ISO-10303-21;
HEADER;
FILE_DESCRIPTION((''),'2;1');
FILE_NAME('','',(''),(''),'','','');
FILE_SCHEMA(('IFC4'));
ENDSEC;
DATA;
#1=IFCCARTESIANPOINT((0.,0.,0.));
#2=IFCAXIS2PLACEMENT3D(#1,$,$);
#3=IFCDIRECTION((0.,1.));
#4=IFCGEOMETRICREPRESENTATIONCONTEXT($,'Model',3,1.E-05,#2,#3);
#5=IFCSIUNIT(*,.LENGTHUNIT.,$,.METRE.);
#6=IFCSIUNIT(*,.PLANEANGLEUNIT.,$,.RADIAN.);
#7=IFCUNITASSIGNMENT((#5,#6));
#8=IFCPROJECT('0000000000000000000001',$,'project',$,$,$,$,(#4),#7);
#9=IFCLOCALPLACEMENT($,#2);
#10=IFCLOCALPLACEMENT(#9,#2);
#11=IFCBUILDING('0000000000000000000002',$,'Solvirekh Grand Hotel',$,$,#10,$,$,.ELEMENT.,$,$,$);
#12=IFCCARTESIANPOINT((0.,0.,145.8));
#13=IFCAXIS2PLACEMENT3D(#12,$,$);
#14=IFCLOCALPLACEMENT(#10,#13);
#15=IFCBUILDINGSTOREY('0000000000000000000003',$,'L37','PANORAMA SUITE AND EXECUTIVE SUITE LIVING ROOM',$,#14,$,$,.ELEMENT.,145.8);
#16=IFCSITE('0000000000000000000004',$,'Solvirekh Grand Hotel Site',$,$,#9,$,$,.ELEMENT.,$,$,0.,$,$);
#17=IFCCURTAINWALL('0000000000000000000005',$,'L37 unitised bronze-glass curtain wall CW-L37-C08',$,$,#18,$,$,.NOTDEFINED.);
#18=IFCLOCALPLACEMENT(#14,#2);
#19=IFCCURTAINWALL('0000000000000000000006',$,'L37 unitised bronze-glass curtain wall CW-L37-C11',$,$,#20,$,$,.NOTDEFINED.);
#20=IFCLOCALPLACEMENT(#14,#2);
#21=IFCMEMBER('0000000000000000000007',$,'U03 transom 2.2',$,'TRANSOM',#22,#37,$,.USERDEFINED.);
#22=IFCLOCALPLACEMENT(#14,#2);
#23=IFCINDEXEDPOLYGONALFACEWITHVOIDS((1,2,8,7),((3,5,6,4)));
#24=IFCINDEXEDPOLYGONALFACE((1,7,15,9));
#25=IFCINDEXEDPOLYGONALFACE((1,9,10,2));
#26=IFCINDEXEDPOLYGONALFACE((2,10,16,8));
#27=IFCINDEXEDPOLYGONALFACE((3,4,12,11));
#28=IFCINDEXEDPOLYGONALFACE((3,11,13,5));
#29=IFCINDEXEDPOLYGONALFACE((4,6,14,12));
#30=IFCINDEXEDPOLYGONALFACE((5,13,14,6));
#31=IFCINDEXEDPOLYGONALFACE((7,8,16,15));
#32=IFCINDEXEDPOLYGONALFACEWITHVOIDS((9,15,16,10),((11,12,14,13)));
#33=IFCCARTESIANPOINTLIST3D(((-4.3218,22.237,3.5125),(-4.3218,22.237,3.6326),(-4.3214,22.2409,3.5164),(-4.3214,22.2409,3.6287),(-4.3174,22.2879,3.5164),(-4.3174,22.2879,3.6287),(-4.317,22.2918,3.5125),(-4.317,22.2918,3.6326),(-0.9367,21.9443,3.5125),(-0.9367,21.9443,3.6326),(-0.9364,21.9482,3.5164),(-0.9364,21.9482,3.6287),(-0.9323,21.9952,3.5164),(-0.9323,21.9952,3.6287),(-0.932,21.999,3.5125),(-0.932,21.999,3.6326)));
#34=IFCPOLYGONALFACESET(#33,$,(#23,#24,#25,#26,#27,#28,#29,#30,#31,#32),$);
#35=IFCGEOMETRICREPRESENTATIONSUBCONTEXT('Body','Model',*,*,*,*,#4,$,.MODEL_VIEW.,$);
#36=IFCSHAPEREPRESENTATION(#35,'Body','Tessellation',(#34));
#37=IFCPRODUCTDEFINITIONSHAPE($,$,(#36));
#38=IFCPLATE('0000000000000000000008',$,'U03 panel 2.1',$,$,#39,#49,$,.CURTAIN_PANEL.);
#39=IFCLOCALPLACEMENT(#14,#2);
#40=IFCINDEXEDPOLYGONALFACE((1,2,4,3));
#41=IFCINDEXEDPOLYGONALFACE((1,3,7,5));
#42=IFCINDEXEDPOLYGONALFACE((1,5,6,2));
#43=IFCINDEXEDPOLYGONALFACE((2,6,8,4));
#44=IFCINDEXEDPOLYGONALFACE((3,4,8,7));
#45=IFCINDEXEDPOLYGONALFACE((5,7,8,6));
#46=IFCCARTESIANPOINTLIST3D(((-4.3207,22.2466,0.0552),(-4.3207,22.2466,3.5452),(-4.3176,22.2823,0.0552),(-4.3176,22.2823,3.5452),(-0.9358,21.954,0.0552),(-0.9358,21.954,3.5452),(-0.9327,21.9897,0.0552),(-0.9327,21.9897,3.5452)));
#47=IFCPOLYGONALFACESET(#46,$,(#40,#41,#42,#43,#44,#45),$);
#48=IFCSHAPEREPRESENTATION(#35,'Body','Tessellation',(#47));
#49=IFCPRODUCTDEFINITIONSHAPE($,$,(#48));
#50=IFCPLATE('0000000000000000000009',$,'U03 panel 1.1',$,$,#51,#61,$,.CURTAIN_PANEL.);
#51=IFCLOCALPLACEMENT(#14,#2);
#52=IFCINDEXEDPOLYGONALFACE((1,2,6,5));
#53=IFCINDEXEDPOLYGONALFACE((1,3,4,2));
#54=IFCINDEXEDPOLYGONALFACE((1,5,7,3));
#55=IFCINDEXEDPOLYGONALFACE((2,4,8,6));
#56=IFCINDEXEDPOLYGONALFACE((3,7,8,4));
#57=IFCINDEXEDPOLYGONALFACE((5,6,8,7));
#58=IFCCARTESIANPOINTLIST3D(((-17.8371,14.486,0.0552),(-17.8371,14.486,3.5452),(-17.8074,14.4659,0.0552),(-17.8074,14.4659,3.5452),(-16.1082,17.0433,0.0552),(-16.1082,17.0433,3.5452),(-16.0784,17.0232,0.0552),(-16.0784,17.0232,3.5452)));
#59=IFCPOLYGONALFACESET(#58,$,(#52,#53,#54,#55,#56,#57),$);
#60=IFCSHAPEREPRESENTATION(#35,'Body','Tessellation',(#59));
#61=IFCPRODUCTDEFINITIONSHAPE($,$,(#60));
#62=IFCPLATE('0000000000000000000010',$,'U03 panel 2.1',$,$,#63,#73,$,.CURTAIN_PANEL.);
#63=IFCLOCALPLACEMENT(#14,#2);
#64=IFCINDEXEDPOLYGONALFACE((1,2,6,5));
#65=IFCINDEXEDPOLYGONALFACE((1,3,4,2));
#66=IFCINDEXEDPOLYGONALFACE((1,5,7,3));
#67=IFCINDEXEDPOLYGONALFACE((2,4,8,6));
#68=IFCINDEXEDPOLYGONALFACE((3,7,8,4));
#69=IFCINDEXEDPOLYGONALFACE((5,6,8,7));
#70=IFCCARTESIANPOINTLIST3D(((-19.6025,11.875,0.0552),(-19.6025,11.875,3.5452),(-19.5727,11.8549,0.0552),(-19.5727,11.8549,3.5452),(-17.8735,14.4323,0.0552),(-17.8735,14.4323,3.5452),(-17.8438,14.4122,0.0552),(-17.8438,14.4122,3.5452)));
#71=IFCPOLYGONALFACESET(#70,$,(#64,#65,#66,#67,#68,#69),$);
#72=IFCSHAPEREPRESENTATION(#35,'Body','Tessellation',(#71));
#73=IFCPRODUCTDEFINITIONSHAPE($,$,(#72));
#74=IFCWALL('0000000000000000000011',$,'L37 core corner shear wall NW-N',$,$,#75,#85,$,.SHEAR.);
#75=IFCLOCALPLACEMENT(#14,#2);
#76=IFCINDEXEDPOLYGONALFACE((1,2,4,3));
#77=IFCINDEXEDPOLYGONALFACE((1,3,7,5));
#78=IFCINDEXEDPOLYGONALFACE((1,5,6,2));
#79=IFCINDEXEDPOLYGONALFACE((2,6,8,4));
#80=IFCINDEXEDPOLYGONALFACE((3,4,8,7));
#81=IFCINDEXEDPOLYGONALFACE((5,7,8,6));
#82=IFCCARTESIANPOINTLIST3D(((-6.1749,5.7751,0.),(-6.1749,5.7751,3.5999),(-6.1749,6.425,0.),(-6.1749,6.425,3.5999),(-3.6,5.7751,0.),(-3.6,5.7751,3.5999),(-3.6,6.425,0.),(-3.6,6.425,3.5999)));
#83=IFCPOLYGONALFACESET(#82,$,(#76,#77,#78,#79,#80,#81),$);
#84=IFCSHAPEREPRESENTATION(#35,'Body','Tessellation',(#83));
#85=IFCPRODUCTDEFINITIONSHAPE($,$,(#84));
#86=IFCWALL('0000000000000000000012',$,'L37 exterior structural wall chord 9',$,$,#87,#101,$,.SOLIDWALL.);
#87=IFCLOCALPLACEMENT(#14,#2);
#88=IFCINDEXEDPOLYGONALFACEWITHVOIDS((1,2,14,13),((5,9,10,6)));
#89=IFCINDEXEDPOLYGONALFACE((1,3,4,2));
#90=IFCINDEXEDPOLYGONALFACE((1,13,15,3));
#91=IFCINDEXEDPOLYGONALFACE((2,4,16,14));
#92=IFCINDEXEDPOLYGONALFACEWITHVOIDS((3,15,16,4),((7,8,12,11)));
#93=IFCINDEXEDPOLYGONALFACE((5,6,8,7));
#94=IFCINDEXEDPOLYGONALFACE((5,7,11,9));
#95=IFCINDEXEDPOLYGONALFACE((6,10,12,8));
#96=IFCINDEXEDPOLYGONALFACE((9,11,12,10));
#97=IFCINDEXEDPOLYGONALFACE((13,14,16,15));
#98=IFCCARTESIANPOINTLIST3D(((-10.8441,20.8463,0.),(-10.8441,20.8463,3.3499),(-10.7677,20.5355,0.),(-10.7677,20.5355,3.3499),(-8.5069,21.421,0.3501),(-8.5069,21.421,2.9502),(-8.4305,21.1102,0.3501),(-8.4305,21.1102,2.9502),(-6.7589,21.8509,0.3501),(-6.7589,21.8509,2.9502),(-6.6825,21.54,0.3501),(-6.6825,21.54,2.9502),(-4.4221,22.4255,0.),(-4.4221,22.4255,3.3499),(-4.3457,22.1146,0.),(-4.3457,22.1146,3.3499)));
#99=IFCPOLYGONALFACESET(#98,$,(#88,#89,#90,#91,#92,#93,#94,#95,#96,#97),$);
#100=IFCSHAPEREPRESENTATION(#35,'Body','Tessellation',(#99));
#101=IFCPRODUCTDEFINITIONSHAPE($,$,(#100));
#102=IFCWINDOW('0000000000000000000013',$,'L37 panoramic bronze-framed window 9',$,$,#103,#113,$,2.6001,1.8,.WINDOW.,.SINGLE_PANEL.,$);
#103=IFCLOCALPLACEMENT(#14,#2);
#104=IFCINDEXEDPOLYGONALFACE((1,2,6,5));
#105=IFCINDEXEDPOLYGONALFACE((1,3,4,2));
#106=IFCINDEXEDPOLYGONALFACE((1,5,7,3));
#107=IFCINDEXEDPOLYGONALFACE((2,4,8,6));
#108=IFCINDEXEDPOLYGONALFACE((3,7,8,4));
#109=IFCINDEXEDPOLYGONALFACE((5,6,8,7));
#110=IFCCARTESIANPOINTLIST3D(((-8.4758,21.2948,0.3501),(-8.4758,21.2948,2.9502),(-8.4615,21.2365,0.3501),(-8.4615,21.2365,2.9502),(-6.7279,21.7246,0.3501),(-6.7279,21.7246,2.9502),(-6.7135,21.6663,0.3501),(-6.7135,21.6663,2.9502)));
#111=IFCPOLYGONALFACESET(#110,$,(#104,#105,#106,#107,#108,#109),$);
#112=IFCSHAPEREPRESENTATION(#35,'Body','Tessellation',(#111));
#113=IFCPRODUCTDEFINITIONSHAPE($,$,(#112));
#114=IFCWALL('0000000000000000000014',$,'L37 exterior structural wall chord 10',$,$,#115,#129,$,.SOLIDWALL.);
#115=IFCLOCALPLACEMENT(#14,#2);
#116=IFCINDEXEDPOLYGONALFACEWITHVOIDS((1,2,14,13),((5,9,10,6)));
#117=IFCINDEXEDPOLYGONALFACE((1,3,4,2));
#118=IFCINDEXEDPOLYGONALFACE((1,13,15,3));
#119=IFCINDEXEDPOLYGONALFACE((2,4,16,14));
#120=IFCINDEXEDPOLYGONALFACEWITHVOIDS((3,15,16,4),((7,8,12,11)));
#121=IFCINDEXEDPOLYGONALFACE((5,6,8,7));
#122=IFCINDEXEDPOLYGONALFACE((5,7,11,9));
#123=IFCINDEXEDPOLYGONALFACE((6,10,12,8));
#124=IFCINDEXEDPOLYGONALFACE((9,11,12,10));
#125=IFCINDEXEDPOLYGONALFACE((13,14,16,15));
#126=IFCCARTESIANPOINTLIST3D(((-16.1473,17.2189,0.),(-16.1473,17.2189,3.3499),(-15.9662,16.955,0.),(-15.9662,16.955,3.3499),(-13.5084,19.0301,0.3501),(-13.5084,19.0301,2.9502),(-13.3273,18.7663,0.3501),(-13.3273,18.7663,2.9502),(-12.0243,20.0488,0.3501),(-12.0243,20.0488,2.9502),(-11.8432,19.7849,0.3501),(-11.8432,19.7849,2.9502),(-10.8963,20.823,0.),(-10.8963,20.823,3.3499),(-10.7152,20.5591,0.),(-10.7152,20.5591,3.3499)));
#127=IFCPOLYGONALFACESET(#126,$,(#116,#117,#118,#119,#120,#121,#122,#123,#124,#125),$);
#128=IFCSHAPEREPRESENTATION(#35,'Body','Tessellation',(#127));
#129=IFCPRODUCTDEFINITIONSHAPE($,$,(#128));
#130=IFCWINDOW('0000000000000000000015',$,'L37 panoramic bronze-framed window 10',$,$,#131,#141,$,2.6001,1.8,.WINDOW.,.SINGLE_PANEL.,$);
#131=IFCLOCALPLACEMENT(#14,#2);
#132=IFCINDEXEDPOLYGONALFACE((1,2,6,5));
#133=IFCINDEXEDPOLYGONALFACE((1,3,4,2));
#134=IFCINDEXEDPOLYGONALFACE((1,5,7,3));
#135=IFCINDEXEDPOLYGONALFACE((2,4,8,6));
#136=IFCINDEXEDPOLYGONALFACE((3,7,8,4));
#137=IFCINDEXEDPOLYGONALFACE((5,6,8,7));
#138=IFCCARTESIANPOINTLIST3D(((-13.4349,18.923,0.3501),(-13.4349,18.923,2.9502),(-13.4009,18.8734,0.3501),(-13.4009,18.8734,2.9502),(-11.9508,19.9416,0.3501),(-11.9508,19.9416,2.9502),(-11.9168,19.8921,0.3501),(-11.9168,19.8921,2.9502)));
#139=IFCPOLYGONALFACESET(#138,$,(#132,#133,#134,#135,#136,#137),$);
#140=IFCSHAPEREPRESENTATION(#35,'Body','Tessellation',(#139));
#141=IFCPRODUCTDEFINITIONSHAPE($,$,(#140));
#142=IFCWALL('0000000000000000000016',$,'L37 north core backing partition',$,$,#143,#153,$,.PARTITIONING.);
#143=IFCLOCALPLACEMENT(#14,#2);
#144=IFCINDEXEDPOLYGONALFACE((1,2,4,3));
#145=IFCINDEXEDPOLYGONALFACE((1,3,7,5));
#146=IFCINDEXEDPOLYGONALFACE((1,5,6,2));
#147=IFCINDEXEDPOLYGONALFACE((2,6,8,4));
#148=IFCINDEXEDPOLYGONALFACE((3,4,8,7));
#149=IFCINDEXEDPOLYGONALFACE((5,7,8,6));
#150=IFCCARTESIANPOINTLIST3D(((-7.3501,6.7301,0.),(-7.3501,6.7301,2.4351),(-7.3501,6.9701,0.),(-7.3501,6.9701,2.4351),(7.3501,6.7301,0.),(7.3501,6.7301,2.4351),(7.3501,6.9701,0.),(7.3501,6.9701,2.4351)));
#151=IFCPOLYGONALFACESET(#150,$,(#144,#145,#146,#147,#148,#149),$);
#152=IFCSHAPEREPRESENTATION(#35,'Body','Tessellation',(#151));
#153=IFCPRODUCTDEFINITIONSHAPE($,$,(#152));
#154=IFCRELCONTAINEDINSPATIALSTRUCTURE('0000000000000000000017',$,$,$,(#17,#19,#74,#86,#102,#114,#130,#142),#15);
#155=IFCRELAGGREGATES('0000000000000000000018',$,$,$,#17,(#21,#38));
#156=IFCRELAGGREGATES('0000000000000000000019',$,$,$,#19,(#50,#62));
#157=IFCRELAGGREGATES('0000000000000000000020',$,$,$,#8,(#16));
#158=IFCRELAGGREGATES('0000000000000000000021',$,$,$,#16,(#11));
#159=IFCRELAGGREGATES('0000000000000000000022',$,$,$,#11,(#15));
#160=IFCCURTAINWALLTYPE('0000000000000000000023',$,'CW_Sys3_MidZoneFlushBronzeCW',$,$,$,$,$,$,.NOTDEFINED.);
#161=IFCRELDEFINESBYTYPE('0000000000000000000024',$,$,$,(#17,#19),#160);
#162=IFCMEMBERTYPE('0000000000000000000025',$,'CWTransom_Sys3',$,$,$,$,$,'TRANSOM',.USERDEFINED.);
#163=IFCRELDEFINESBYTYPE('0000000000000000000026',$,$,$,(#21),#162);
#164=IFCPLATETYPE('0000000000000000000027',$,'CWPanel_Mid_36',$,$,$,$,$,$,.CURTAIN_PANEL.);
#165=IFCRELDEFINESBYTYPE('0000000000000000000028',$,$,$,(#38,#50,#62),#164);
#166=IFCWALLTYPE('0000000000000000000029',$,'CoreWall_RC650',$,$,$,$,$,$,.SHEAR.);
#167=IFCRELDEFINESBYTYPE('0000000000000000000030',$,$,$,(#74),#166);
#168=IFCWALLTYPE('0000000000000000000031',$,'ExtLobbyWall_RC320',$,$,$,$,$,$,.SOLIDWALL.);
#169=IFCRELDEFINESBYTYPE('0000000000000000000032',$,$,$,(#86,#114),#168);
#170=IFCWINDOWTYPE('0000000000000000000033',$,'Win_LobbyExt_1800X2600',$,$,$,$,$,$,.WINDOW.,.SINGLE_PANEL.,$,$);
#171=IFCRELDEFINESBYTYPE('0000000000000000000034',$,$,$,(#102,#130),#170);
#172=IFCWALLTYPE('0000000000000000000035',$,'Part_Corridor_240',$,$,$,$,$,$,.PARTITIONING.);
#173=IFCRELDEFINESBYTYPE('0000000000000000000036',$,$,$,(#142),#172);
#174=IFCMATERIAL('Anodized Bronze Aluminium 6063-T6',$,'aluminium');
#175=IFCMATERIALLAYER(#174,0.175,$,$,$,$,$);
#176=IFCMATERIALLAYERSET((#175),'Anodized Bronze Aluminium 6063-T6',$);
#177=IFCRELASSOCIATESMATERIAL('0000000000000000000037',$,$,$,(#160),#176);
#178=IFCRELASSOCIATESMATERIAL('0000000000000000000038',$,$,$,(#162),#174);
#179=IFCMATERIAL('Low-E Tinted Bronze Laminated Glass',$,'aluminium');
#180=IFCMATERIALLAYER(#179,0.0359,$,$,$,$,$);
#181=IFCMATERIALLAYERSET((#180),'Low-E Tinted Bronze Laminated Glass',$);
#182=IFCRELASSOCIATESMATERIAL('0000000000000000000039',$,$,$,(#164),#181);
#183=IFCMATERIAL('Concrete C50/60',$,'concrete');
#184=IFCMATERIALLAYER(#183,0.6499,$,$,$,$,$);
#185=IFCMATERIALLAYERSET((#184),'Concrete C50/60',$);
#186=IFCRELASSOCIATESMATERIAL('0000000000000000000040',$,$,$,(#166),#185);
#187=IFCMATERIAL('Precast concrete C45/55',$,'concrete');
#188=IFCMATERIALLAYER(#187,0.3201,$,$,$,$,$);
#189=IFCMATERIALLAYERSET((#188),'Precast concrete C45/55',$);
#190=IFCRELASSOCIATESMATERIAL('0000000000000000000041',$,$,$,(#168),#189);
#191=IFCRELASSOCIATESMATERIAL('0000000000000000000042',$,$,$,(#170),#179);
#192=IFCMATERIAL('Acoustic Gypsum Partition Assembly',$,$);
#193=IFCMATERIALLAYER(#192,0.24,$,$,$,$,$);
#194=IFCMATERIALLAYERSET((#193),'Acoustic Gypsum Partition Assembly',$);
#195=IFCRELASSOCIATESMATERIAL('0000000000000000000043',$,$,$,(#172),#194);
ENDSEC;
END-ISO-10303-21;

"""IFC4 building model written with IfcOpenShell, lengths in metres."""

from ifc_helpers import new_model, si_unit, direction, frame, frame_2d, origin, origin_2d, place, context, subcontext, project, spatial, rectangle, hollow_rectangle, extrude, source, transform, mapped, material, layer, layer_set, material_profile, profile_set, type_object, element, fill, aggregate, save


model = new_model("IFC4")

# Units and contexts
model_context = context("Model", 3, precision=1e-05, world=origin(), true_north=direction((0.0, 1.0)))
body_context = subcontext(model_context, "Body", "Model", "MODEL_VIEW")
ifc_project = project(units=[si_unit("LENGTHUNIT", "METRE"), si_unit("PLANEANGLEUNIT", "RADIAN")], contexts=[model_context])

# Site, building, storey
site_placement = place(None, origin())
site = spatial("IfcSite", under=ifc_project, at=site_placement, Name="Solvirekh Grand Hotel Site", CompositionType="ELEMENT", RefElevation=0.0)
building_placement = place(site_placement, origin())
building = spatial("IfcBuilding", under=site, at=building_placement, Name="Solvirekh Grand Hotel", CompositionType="ELEMENT")
storey_placement = place(building_placement, frame((0.0, 0.0, 145.8)))
storey = spatial("IfcBuildingStorey", under=building, at=storey_placement, Name="L37", Description="PANORAMA SUITE AND EXECUTIVE SUITE LIVING ROOM", CompositionType="ELEMENT", Elevation=145.8)

# Shared definitions
ifc_material_1 = material(Name="Concrete C50/60", Category="concrete")

# Curtain walls
ifc_material_2 = material(Name="Anodized Bronze Aluminium 6063-T6", Category="aluminium")
ifc_layer_1 = layer(ifc_material_2, 0.175)
ifc_layer_set_1 = layer_set([ifc_layer_1], Name="Anodized Bronze Aluminium 6063-T6")
curtain_wall_type = type_object("IfcCurtainWallType", Name="CW_Sys3_MidZoneFlushBronzeCW", PredefinedType="NOTDEFINED", material=ifc_layer_set_1)
curtain_wall_1_placement = place(storey_placement, origin())
curtain_wall_1 = element("IfcCurtainWall", 1, at=curtain_wall_1_placement, inside=storey, type_object=curtain_wall_type, Name="L37 unitised bronze-glass curtain wall CW-L37-C08", PredefinedType="NOTDEFINED")
curtain_wall_2_placement = place(storey_placement, origin())
curtain_wall_2 = element("IfcCurtainWall", 2, at=curtain_wall_2_placement, inside=storey, type_object=curtain_wall_type, Name="L37 unitised bronze-glass curtain wall CW-L37-C11", PredefinedType="NOTDEFINED")
ifc_material_profile_1 = material_profile(ifc_material_2, hollow_rectangle(XDim=0.0549, YDim=0.1201, WallThickness=0.0039, at=origin_2d()), Name="ALU RHS 120X55X4")
ifc_profile_set_1 = profile_set([ifc_material_profile_1], Name="Anodized Bronze Aluminium 6063-T6")
member_type_1 = type_object("IfcMemberType", Name="CWTransom_Sys3", ElementType="TRANSOM", PredefinedType="USERDEFINED", material=ifc_profile_set_1)

# Member
shared_shape_1 = source(origin(), body_context, "Body", "SweptSolid", [
    extrude(hollow_rectangle(XDim=0.0549, YDim=0.1201, WallThickness=0.0039, at=origin_2d()), origin(), (0.0, 0.0, 1.0), 3.3977),
])
member_1_placement = place(storey_placement, frame((-0.9343, 21.9717, 3.5725), z_axis=(-0.996282, 0.086155, 0.0), x_axis=(-0.086155, -0.996282, 0.0)))
member_1 = element("IfcMember", 3, at=member_1_placement, type_object=member_type_1, Name="U03 transom 2.2", ObjectType="TRANSOM", PredefinedType="USERDEFINED", context=body_context, shape_type="MappedRepresentation", body=[
    mapped(shared_shape_1, transform((0.0, 0.0, 0.0), x_axis=(1.0, 0.0, 0.0), y_axis=(0.0, 1.0, 0.0), z_axis=(0.0, 0.0, 1.0), scale=1.0)),
])

# Plates
ifc_material_3 = material(Name="Low-E Tinted Bronze Laminated Glass", Category="aluminium")
ifc_layer_2 = layer(ifc_material_3, 0.0359)
ifc_layer_set_2 = layer_set([ifc_layer_2], Name="Low-E Tinted Bronze Laminated Glass")
plate_type = type_object("IfcPlateType", Name="CWPanel_Mid_36", PredefinedType="CURTAIN_PANEL", material=ifc_layer_set_2)
shared_shape_2 = source(origin(), body_context, "Body", "SweptSolid", [
    extrude(rectangle(XDim=3.3975, YDim=0.0359, at=origin_2d()), origin(), (0.0, 0.0, 1.0), 3.49),
])
plate_1_placement = place(storey_placement, frame((-2.6267, 22.1182, 0.0552), z_axis=(0.0, 0.0, 1.0), x_axis=(-0.996284, 0.086123, 0.0)))
plate_1 = element("IfcPlate", 4, at=plate_1_placement, type_object=plate_type, Name="U03 panel 2.1", PredefinedType="CURTAIN_PANEL", context=body_context, shape_type="MappedRepresentation", body=[
    mapped(shared_shape_2, transform((0.0, 0.0, 0.0), x_axis=(1.0, 0.0, 0.0), y_axis=(0.0, 1.0, 0.0), z_axis=(0.0, 0.0, 1.0), scale=1.0)),
])
aggregate(curtain_wall_1, [member_1, plate_1])
shared_shape_3 = source(origin(), body_context, "Body", "SweptSolid", [
    extrude(rectangle(XDim=3.0869, YDim=0.0359, at=origin_2d()), origin(), (0.0, 0.0, 1.0), 3.49),
])
plate_2_placement = place(storey_placement, frame((-16.9578, 15.7546, 0.0552), z_axis=(0.0, 0.0, 1.0), x_axis=(-0.560088, -0.828433, 0.0)))
plate_2 = element("IfcPlate", 5, at=plate_2_placement, type_object=plate_type, Name="U03 panel 1.1", PredefinedType="CURTAIN_PANEL", context=body_context, shape_type="MappedRepresentation", body=[
    mapped(shared_shape_3, transform((0.0, 0.0, 0.0), x_axis=(1.0, 0.0, 0.0), y_axis=(0.0, 1.0, 0.0), z_axis=(0.0, 0.0, 1.0), scale=1.0)),
])
plate_3_placement = place(storey_placement, frame((-18.7231, 13.1436, 0.0552), z_axis=(0.0, 0.0, 1.0), x_axis=(-0.560088, -0.828433, 0.0)))
plate_3 = element("IfcPlate", 6, at=plate_3_placement, type_object=plate_type, Name="U03 panel 2.1", PredefinedType="CURTAIN_PANEL", context=body_context, shape_type="MappedRepresentation", body=[
    mapped(shared_shape_3, transform((0.0, 0.0, 0.0), x_axis=(1.0, 0.0, 0.0), y_axis=(0.0, 1.0, 0.0), z_axis=(0.0, 0.0, 1.0), scale=1.0)),
])
aggregate(curtain_wall_2, [plate_2, plate_3])

# Wall
ifc_layer_3 = layer(ifc_material_1, 0.6499)
ifc_layer_set_3 = layer_set([ifc_layer_3], Name="Concrete C50/60")
wall_type_1 = type_object("IfcWallType", Name="CoreWall_RC650", PredefinedType="SHEAR", material=ifc_layer_set_3)
wall_1_placement = place(storey_placement, frame((-6.175, 6.1001, 0.0), z_axis=(0.0, 0.0, 1.0), x_axis=(1.0, 0.0, 0.0)))
element("IfcWall", 7, at=wall_1_placement, inside=storey, type_object=wall_type_1, Name="L37 core corner shear wall NW-N", PredefinedType="SHEAR", context=body_context, shape_type="SweptSolid", body=[
    extrude(rectangle(XDim=2.575, YDim=0.6499, at=frame_2d((1.2876, 0.0))), origin(), (0.0, 0.0, 1.0), 3.5999),
])

# Walls, openings, windows
ifc_material_4 = material(Name="Precast concrete C45/55", Category="concrete")
ifc_layer_4 = layer(ifc_material_4, 0.3201)
ifc_layer_set_4 = layer_set([ifc_layer_4], Name="Precast concrete C45/55")
wall_type_2 = type_object("IfcWallType", Name="ExtLobbyWall_RC320", PredefinedType="SOLIDWALL", material=ifc_layer_set_4)
wall_2_placement = place(storey_placement, frame((-10.8059, 20.6909, 0.0), z_axis=(0.0, 0.0, 1.0), x_axis=(0.971073, 0.238781, 0.0)))
wall_2 = element("IfcWall", 8, at=wall_2_placement, inside=storey, type_object=wall_type_2, Name="L37 exterior structural wall chord 9", PredefinedType="SOLIDWALL", context=body_context, shape_type="SweptSolid", body=[
    extrude(rectangle(XDim=6.6133, YDim=0.3201, at=frame_2d((3.3066, 0.0))), origin(), (0.0, 0.0, 1.0), 3.3499),
])
opening_1_placement = place(wall_2_placement, frame((2.407, 0.0, 0.3501)))
opening_1 = element("IfcOpeningElement", 9, at=opening_1_placement, cuts=wall_2, PredefinedType="OPENING", context=body_context, shape_type="SweptSolid", body=[
    extrude(rectangle(XDim=1.8, YDim=2.6001, at=frame_2d((0.8999, 1.3))), frame((0.0, 0.1699, 0.0), z_axis=(0.0, -1.0, 0.0), x_axis=(1.0, 0.0, 0.0)), (0.0, 0.0, 1.0), 0.3401),
])
window_type = type_object("IfcWindowType", Name="Win_LobbyExt_1800X2600", PartitioningType="SINGLE_PANEL", PredefinedType="WINDOW", material=ifc_material_3)
window_1_placement = place(opening_1_placement, origin())
window_1 = element("IfcWindow", 10, at=window_1_placement, inside=storey, type_object=window_type, Name="L37 panoramic bronze-framed window 9", OverallHeight=2.6001, OverallWidth=1.8, PartitioningType="SINGLE_PANEL", PredefinedType="WINDOW", context=body_context, shape_type="SweptSolid", body=[
    extrude(rectangle(XDim=1.8, YDim=2.6001, at=frame_2d((0.8999, 1.3))), frame((0.0, 0.03, 0.0), z_axis=(0.0, -1.0, 0.0), x_axis=(1.0, 0.0, 0.0)), (0.0, 0.0, 1.0), 0.0601),
])
fill(opening_1, window_1)
wall_3_placement = place(storey_placement, frame((-16.0569, 17.0869, 0.0), z_axis=(0.0, 0.0, 1.0), x_axis=(0.824485, 0.565884, 0.0)))
wall_3 = element("IfcWall", 11, at=wall_3_placement, inside=storey, type_object=wall_type_2, Name="L37 exterior structural wall chord 10", PredefinedType="SOLIDWALL", context=body_context, shape_type="SweptSolid", body=[
    extrude(rectangle(XDim=6.3689, YDim=0.3201, at=frame_2d((3.1846, 0.0))), origin(), (0.0, 0.0, 1.0), 3.3499),
])
opening_2_placement = place(wall_3_placement, frame((3.2009, 0.0, 0.3501)))
opening_2 = element("IfcOpeningElement", 12, at=opening_2_placement, cuts=wall_3, PredefinedType="OPENING", context=body_context, shape_type="SweptSolid", body=[
    extrude(rectangle(XDim=1.8, YDim=2.6001, at=frame_2d((0.8999, 1.3))), frame((0.0, 0.1699, 0.0), z_axis=(0.0, -1.0, 0.0), x_axis=(1.0, 0.0, 0.0)), (0.0, 0.0, 1.0), 0.3401),
])
window_2_placement = place(opening_2_placement, origin())
window_2 = element("IfcWindow", 13, at=window_2_placement, inside=storey, type_object=window_type, Name="L37 panoramic bronze-framed window 10", OverallHeight=2.6001, OverallWidth=1.8, PartitioningType="SINGLE_PANEL", PredefinedType="WINDOW", context=body_context, shape_type="SweptSolid", body=[
    extrude(rectangle(XDim=1.8, YDim=2.6001, at=frame_2d((0.8999, 1.3))), frame((0.0, 0.03, 0.0), z_axis=(0.0, -1.0, 0.0), x_axis=(1.0, 0.0, 0.0)), (0.0, 0.0, 1.0), 0.0601),
])
fill(opening_2, window_2)

# Wall
ifc_material_5 = material(Name="Acoustic Gypsum Partition Assembly")
ifc_layer_5 = layer(ifc_material_5, 0.24)
ifc_layer_set_5 = layer_set([ifc_layer_5], Name="Acoustic Gypsum Partition Assembly")
wall_type_3 = type_object("IfcWallType", Name="Part_Corridor_240", PredefinedType="PARTITIONING", material=ifc_layer_set_5)
wall_4_placement = place(storey_placement, frame((-7.3501, 6.8501, 0.0), z_axis=(0.0, 0.0, 1.0), x_axis=(1.0, 0.0, 0.0)))
element("IfcWall", 14, at=wall_4_placement, inside=storey, type_object=wall_type_3, Name="L37 north core backing partition", PredefinedType="PARTITIONING", context=body_context, shape_type="SweptSolid", body=[
    extrude(rectangle(XDim=14.7002, YDim=0.24, at=frame_2d((7.3501, 0.0))), origin(), (0.0, 0.0, 1.0), 2.4351),
])

save(model, "model.ifc")
